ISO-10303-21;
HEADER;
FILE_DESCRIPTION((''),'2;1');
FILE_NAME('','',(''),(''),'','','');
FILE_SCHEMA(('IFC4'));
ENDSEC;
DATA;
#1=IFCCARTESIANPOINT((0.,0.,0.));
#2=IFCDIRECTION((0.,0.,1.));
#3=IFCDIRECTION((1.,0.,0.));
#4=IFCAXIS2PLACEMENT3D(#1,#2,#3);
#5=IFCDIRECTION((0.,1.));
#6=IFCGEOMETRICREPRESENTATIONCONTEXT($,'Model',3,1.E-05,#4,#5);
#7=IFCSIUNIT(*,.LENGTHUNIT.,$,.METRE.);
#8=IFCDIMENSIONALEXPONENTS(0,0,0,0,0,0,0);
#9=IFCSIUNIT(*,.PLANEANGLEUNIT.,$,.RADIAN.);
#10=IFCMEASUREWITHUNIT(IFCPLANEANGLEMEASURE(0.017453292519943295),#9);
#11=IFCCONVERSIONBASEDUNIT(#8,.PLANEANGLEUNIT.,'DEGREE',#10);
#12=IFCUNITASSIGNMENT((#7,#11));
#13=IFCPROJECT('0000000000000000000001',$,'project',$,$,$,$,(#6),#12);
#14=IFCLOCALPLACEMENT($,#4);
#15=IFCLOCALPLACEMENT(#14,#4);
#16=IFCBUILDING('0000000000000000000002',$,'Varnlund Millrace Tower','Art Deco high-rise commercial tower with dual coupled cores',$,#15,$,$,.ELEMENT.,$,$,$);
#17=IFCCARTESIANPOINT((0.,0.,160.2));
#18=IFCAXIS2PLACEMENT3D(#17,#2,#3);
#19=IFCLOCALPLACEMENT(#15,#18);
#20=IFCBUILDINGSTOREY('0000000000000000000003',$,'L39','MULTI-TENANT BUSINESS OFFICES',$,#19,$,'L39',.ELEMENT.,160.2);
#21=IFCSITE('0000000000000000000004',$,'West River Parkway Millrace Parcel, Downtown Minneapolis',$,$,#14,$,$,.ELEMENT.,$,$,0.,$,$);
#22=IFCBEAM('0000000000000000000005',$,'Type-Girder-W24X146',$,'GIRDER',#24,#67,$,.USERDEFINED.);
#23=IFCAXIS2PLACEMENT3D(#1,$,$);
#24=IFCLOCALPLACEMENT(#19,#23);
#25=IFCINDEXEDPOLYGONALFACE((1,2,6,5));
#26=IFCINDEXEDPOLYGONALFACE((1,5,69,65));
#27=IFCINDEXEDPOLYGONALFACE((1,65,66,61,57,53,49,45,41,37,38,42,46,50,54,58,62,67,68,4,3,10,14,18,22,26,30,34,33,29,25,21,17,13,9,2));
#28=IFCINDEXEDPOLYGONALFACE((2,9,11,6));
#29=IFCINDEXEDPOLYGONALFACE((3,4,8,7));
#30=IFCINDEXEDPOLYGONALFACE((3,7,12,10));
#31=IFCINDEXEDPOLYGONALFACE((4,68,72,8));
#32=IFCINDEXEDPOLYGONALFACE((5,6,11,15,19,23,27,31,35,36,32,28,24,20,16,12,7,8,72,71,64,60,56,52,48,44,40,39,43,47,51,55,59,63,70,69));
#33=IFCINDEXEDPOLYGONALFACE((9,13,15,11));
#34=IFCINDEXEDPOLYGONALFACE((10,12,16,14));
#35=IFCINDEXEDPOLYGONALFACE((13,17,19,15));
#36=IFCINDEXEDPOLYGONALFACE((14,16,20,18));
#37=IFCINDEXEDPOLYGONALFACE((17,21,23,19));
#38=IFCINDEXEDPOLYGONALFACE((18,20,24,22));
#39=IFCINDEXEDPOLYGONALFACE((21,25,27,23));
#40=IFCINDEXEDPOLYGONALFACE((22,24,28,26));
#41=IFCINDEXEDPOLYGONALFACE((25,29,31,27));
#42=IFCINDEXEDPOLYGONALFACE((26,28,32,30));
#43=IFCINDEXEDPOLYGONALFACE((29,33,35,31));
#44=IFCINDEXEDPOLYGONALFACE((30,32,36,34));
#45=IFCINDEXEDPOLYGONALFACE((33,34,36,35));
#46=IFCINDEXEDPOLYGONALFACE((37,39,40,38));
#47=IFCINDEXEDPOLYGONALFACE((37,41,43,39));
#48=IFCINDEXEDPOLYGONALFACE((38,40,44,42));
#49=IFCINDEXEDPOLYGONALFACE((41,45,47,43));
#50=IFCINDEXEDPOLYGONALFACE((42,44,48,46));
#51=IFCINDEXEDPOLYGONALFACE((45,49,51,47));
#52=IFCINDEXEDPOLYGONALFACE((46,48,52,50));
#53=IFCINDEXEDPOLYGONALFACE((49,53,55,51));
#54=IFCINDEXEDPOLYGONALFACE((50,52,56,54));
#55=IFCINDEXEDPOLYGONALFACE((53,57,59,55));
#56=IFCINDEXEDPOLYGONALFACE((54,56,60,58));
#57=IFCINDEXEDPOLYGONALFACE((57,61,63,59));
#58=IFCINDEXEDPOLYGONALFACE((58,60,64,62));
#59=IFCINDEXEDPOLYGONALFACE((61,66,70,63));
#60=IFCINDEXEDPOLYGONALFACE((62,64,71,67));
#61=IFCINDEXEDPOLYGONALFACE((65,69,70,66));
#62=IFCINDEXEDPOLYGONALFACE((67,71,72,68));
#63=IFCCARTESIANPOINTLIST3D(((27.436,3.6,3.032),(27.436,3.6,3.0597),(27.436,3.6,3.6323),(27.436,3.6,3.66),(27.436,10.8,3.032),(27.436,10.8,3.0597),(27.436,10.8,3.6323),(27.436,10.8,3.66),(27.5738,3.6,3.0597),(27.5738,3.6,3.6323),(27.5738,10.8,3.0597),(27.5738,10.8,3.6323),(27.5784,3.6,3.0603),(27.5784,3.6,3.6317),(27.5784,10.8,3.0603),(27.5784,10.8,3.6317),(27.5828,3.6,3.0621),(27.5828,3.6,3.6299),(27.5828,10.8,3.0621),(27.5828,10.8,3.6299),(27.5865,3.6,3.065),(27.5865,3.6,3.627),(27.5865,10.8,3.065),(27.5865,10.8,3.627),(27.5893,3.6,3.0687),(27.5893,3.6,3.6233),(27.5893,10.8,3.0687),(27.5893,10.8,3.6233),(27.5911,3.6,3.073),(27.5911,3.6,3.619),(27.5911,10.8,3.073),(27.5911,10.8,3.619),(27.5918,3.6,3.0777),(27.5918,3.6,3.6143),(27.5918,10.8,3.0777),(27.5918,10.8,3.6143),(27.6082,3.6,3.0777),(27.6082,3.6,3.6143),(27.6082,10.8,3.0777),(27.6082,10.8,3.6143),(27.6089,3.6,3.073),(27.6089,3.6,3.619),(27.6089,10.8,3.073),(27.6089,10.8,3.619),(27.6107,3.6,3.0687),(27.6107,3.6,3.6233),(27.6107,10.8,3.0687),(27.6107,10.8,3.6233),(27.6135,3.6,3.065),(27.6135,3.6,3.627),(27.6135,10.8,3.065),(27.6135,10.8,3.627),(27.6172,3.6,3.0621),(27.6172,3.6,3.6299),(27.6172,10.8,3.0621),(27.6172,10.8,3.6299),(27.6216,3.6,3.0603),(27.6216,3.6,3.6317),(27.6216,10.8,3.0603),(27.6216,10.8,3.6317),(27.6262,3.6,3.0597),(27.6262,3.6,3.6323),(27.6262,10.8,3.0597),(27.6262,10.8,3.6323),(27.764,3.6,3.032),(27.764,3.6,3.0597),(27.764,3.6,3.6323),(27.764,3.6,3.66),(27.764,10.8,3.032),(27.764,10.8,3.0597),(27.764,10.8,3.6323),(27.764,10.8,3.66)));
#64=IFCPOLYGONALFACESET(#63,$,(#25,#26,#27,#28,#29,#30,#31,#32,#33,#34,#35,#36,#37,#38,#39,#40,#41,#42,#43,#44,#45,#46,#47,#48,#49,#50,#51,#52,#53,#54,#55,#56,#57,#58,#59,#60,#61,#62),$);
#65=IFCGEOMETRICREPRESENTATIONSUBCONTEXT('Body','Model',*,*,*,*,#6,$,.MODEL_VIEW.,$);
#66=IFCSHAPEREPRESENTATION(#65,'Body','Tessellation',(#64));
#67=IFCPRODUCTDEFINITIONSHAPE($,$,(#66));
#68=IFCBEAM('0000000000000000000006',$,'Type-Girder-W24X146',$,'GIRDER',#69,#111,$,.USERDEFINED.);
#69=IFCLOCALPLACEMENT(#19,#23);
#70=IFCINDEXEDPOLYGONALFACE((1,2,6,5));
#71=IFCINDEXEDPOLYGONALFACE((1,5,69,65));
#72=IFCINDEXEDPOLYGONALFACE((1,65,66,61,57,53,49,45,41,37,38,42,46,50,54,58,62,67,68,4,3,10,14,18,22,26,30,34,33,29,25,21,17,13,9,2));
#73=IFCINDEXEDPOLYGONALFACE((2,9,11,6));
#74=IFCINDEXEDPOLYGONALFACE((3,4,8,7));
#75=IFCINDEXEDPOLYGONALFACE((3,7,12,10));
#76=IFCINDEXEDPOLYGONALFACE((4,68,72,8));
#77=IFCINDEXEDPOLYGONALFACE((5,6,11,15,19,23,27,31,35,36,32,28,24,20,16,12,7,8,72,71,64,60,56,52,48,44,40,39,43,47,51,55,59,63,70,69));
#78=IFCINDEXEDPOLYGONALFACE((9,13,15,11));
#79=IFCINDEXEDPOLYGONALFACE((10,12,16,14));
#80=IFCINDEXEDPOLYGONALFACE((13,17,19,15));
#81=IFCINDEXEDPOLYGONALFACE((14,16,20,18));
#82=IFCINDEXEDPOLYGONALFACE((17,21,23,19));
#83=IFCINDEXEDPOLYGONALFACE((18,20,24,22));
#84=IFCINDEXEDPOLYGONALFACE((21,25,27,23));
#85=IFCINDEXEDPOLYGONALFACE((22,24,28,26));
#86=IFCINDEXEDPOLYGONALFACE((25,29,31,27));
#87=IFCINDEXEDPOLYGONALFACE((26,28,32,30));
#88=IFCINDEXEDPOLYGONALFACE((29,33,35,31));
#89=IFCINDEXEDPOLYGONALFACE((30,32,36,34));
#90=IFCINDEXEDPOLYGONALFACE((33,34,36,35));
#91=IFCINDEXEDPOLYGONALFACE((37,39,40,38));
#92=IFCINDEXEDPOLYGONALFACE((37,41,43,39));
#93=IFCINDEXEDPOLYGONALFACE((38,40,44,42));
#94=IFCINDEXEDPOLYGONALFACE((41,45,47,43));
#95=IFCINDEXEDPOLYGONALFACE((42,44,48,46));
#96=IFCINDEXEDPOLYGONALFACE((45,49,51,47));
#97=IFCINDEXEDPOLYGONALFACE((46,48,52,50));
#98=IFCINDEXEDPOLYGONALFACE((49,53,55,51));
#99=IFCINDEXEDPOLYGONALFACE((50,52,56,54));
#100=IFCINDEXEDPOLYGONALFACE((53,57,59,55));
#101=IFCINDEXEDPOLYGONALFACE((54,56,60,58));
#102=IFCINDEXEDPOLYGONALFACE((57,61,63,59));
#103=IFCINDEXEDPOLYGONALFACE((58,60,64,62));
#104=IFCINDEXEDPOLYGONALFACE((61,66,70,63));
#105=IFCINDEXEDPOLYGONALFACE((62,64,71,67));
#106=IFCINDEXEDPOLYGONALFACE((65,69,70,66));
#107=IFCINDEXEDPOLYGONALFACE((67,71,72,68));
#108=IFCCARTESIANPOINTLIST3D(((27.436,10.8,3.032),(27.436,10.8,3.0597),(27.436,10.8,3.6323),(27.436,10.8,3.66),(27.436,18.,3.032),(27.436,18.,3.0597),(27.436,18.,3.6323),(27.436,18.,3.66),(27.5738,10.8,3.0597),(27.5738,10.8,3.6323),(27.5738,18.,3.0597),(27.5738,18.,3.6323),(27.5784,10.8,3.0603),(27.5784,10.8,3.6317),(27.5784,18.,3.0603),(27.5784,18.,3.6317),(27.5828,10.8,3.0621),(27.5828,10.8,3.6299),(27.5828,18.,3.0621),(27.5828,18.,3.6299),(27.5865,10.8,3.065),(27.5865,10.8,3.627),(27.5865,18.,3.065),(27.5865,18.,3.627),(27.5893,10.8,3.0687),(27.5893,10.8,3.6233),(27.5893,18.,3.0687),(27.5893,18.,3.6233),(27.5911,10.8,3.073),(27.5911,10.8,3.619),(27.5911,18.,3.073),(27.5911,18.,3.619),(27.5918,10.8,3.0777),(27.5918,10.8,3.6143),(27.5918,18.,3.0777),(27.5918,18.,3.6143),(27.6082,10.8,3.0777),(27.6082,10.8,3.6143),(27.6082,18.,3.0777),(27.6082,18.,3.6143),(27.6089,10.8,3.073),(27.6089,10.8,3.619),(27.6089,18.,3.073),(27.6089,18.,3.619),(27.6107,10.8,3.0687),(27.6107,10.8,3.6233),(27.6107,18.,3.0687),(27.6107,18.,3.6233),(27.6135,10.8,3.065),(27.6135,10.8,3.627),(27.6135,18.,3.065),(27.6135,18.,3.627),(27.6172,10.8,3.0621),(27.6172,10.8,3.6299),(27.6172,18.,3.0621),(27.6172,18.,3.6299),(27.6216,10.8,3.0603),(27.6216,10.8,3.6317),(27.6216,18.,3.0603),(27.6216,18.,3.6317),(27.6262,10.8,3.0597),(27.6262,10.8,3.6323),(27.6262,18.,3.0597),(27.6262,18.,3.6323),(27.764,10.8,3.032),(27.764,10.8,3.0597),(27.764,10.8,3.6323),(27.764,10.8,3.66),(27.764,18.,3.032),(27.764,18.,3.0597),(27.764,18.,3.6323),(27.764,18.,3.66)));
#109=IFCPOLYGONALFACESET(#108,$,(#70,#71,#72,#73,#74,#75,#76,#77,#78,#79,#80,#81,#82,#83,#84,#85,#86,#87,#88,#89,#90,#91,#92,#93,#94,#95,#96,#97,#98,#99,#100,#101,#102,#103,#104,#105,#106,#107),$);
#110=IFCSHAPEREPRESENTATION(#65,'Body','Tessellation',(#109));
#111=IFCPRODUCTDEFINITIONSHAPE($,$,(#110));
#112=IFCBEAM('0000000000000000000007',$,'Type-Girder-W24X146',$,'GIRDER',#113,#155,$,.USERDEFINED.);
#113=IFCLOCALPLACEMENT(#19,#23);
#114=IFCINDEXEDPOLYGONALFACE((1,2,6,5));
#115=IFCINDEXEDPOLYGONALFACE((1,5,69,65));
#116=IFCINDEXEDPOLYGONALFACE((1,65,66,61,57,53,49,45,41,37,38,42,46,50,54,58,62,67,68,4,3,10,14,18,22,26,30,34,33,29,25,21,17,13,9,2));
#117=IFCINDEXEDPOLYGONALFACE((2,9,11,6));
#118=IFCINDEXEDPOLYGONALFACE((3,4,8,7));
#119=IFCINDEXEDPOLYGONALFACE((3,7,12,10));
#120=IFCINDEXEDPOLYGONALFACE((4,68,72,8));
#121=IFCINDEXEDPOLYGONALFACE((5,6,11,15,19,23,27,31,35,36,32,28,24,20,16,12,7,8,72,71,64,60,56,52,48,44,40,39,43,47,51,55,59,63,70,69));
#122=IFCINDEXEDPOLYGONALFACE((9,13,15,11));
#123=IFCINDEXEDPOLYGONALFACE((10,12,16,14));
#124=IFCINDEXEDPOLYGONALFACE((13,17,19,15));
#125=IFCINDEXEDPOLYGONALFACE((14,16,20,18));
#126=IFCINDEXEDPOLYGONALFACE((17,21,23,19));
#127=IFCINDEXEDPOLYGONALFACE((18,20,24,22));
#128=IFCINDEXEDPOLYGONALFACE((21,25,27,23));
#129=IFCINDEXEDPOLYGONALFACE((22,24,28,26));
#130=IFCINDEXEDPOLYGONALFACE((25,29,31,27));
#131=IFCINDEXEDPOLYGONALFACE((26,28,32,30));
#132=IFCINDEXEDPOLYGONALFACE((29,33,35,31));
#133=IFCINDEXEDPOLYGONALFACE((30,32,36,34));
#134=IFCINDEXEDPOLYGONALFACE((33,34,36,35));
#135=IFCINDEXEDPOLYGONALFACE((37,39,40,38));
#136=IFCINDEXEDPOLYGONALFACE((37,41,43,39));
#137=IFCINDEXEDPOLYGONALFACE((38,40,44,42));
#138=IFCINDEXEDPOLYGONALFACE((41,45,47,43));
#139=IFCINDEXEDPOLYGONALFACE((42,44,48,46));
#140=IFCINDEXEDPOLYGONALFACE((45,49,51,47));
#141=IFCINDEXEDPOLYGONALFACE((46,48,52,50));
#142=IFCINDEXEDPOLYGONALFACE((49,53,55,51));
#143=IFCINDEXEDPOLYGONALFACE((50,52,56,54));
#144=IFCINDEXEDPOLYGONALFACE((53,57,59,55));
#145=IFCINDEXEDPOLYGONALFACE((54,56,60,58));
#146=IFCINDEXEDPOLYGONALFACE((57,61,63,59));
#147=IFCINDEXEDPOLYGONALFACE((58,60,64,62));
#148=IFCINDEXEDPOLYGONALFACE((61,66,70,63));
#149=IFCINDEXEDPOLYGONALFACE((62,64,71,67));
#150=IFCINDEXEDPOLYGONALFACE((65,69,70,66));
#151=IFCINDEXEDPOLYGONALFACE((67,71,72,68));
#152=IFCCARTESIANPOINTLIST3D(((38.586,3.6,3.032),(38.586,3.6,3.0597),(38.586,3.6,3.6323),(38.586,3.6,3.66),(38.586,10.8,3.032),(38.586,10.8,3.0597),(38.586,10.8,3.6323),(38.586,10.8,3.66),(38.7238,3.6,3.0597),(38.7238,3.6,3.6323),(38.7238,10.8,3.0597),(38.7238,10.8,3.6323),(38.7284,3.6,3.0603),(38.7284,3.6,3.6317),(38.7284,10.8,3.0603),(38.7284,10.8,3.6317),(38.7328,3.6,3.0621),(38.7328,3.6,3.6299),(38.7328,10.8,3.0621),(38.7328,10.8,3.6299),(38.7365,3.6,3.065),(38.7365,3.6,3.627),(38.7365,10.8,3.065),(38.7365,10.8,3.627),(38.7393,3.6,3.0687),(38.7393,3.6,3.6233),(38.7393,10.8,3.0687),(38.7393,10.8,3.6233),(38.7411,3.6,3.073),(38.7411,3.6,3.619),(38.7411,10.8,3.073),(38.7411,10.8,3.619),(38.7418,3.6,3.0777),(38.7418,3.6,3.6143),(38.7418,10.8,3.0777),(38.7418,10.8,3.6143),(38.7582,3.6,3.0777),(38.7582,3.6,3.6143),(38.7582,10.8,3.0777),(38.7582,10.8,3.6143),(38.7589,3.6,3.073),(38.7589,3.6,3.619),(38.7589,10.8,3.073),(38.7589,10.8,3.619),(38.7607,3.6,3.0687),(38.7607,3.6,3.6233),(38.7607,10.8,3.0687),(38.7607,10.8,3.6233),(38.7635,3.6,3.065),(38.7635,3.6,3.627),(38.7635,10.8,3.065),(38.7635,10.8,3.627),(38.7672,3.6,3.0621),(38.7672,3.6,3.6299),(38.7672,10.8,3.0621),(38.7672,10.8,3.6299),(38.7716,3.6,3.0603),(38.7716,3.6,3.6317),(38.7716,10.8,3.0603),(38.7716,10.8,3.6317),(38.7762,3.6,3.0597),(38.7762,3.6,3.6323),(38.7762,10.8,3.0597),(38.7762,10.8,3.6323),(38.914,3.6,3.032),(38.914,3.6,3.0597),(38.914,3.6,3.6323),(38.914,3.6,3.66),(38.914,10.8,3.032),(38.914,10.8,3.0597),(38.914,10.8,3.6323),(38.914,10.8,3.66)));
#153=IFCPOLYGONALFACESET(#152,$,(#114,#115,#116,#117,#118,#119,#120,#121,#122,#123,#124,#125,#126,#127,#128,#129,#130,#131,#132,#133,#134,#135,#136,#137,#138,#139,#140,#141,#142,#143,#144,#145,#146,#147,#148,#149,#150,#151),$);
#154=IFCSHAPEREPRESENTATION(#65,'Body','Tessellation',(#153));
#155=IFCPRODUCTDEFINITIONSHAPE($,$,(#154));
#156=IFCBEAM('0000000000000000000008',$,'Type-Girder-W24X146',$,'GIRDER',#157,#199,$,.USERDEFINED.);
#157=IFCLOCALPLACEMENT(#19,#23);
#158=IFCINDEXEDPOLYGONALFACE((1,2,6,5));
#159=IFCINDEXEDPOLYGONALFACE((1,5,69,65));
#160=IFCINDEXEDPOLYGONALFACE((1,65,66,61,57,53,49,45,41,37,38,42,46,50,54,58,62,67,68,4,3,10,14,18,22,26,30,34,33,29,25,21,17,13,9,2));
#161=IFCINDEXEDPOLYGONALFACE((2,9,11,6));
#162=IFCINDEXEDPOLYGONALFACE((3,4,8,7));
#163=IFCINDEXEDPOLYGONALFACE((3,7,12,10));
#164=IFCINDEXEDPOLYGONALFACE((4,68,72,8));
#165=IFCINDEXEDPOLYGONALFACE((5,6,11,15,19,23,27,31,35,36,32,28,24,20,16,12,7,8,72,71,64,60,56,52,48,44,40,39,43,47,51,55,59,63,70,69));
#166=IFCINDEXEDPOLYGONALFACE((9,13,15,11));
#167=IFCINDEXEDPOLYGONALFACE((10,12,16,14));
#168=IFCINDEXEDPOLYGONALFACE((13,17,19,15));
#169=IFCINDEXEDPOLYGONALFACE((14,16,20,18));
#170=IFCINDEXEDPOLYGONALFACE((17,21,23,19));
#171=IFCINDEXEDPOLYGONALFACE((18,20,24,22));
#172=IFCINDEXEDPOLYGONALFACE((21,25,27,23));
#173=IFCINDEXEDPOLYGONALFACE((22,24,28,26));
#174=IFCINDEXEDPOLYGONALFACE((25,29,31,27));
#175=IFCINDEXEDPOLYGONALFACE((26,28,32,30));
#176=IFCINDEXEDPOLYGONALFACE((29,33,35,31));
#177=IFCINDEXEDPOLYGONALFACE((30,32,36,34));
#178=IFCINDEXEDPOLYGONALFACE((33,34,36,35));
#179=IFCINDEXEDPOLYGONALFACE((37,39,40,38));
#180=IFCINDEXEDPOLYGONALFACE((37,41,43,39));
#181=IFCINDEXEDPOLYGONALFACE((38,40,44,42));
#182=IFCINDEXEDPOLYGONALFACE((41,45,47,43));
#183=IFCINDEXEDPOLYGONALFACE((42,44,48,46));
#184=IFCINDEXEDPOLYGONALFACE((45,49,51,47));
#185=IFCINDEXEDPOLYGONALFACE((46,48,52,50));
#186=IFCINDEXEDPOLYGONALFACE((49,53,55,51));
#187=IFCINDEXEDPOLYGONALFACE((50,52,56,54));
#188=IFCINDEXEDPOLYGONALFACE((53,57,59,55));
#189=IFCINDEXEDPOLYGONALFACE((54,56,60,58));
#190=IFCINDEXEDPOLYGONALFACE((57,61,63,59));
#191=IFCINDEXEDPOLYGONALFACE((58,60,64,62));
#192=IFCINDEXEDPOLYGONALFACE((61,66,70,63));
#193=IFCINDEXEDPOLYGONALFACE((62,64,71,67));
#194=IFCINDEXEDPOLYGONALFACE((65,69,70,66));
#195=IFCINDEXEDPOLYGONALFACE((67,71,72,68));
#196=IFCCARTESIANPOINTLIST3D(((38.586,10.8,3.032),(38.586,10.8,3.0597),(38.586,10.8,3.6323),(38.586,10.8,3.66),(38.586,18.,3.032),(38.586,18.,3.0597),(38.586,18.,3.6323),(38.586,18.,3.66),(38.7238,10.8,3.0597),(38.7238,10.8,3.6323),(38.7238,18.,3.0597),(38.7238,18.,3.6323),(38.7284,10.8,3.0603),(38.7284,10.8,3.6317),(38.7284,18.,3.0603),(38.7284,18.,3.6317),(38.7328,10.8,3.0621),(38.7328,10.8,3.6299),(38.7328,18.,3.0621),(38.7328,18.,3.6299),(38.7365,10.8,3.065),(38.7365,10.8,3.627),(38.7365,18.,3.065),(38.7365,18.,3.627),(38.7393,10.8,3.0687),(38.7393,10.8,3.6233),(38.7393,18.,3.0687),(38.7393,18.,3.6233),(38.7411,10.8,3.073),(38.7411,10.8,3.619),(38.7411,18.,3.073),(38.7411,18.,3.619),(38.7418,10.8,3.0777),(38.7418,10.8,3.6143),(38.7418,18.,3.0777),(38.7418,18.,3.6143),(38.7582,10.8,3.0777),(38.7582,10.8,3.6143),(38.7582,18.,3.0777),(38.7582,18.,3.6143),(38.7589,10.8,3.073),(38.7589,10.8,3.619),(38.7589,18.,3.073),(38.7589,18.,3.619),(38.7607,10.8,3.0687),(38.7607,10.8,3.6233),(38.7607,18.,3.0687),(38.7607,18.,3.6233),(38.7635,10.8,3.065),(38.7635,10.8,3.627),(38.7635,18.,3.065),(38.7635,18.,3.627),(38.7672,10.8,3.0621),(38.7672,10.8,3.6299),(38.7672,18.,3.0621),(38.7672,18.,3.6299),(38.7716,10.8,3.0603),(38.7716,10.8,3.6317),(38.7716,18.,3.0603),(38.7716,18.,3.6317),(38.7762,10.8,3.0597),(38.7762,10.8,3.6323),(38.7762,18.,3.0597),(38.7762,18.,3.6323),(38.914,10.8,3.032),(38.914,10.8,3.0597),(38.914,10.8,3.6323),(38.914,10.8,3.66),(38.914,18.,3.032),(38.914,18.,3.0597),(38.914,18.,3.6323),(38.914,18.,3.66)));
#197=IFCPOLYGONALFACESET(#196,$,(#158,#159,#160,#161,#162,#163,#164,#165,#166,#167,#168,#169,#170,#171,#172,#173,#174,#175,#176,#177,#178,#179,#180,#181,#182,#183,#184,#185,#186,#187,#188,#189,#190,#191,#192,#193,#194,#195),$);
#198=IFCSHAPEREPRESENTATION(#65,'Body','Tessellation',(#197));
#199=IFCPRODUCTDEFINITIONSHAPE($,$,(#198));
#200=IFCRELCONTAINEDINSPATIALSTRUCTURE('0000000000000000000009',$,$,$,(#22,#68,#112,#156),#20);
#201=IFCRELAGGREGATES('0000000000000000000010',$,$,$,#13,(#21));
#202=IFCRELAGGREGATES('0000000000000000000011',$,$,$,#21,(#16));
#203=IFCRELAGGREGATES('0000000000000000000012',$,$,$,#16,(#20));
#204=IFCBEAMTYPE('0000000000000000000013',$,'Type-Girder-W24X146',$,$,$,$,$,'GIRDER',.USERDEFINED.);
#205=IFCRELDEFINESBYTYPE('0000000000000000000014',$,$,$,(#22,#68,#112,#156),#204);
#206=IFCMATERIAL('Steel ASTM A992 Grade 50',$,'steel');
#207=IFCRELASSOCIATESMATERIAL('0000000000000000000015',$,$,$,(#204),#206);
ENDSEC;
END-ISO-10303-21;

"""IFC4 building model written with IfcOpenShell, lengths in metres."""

from ifc_helpers import new_model, entity, si_unit, converted_unit, direction, frame, origin_with_axes, origin_2d_with_axis, place, context, subcontext, project, spatial, i_section, extrude, material, material_profile, profile_set, type_object, element, save


model = new_model("IFC4")

# Units and contexts
model_context = context("Model", 3, precision=1e-05, world=origin_with_axes(), true_north=direction((0.0, 1.0)))
body_context = subcontext(model_context, "Body", "Model", "MODEL_VIEW")
ifc_project = project(units=[si_unit("LENGTHUNIT", "METRE"), converted_unit("PLANEANGLEUNIT", "DEGREE", entity("IfcPlaneAngleMeasure", 0.017453292519943295), si_unit("PLANEANGLEUNIT", "RADIAN"), dimensions=[0, 0, 0, 0, 0, 0, 0])], contexts=[model_context])

# Site, building, storey
site_placement = place(None, origin_with_axes())
site = spatial("IfcSite", under=ifc_project, at=site_placement, Name="West River Parkway Millrace Parcel, Downtown Minneapolis", CompositionType="ELEMENT", RefElevation=0.0)
building_placement = place(site_placement, origin_with_axes())
building = spatial("IfcBuilding", under=site, at=building_placement, Name="Varnlund Millrace Tower", Description="Art Deco high-rise commercial tower with dual coupled cores", CompositionType="ELEMENT")
storey_placement = place(building_placement, frame((0.0, 0.0, 160.2), z_axis=(0.0, 0.0, 1.0), x_axis=(1.0, 0.0, 0.0)))
storey = spatial("IfcBuildingStorey", under=building, at=storey_placement, Name="L39", Description="MULTI-TENANT BUSINESS OFFICES", LongName="L39", CompositionType="ELEMENT", Elevation=160.2)

# Beams
ifc_material_1 = material(Name="Steel ASTM A992 Grade 50", Category="steel")
ifc_material_profile_1 = material_profile(ifc_material_1, i_section(OverallWidth=0.328, OverallDepth=0.628, WebThickness=0.0165, FlangeThickness=0.0277, FilletRadius=0.018, at=origin_2d_with_axis()), Name="Steel ASTM A992 Grade 50")
ifc_profile_set_1 = profile_set([ifc_material_profile_1], Name="Steel ASTM A992 Grade 50")
beam_type_1 = type_object("IfcBeamType", Name="Type-Girder-W24X146", ElementType="GIRDER", PredefinedType="USERDEFINED", material=ifc_profile_set_1)
for number, where, z_axis, x_axis, name in (
    (1, (27.6, 3.6, 3.346), (0.0, 1.0, 0.0), (-1.0, 0.0, 0.0), "Type-Girder-W24X146"),
    (2, (27.6, 10.8, 3.346), (0.0, 1.0, 0.0), (-1.0, 0.0, 0.0), "Type-Girder-W24X146"),
    (3, (38.75, 3.6, 3.346), (0.0, 1.0, 0.0), (-1.0, 0.0, 0.0), "Type-Girder-W24X146"),
    (4, (38.75, 10.8, 3.346), (0.0, 1.0, 0.0), (-1.0, 0.0, 0.0), "Type-Girder-W24X146"),
):
    element("IfcBeam", number, at=place(storey_placement, frame(where, z_axis=z_axis, x_axis=x_axis)), inside=storey, type_object=beam_type_1, Name=name, ObjectType="GIRDER", PredefinedType="USERDEFINED", context=body_context, shape_type="SweptSolid", body=[
        extrude(i_section(OverallWidth=0.328, OverallDepth=0.628, WebThickness=0.0165, FlangeThickness=0.0277, FilletRadius=0.018, at=origin_2d_with_axis()), origin_with_axes(), (0.0, 0.0, 1.0), 7.2),
    ])

save(model, "model.ifc")
